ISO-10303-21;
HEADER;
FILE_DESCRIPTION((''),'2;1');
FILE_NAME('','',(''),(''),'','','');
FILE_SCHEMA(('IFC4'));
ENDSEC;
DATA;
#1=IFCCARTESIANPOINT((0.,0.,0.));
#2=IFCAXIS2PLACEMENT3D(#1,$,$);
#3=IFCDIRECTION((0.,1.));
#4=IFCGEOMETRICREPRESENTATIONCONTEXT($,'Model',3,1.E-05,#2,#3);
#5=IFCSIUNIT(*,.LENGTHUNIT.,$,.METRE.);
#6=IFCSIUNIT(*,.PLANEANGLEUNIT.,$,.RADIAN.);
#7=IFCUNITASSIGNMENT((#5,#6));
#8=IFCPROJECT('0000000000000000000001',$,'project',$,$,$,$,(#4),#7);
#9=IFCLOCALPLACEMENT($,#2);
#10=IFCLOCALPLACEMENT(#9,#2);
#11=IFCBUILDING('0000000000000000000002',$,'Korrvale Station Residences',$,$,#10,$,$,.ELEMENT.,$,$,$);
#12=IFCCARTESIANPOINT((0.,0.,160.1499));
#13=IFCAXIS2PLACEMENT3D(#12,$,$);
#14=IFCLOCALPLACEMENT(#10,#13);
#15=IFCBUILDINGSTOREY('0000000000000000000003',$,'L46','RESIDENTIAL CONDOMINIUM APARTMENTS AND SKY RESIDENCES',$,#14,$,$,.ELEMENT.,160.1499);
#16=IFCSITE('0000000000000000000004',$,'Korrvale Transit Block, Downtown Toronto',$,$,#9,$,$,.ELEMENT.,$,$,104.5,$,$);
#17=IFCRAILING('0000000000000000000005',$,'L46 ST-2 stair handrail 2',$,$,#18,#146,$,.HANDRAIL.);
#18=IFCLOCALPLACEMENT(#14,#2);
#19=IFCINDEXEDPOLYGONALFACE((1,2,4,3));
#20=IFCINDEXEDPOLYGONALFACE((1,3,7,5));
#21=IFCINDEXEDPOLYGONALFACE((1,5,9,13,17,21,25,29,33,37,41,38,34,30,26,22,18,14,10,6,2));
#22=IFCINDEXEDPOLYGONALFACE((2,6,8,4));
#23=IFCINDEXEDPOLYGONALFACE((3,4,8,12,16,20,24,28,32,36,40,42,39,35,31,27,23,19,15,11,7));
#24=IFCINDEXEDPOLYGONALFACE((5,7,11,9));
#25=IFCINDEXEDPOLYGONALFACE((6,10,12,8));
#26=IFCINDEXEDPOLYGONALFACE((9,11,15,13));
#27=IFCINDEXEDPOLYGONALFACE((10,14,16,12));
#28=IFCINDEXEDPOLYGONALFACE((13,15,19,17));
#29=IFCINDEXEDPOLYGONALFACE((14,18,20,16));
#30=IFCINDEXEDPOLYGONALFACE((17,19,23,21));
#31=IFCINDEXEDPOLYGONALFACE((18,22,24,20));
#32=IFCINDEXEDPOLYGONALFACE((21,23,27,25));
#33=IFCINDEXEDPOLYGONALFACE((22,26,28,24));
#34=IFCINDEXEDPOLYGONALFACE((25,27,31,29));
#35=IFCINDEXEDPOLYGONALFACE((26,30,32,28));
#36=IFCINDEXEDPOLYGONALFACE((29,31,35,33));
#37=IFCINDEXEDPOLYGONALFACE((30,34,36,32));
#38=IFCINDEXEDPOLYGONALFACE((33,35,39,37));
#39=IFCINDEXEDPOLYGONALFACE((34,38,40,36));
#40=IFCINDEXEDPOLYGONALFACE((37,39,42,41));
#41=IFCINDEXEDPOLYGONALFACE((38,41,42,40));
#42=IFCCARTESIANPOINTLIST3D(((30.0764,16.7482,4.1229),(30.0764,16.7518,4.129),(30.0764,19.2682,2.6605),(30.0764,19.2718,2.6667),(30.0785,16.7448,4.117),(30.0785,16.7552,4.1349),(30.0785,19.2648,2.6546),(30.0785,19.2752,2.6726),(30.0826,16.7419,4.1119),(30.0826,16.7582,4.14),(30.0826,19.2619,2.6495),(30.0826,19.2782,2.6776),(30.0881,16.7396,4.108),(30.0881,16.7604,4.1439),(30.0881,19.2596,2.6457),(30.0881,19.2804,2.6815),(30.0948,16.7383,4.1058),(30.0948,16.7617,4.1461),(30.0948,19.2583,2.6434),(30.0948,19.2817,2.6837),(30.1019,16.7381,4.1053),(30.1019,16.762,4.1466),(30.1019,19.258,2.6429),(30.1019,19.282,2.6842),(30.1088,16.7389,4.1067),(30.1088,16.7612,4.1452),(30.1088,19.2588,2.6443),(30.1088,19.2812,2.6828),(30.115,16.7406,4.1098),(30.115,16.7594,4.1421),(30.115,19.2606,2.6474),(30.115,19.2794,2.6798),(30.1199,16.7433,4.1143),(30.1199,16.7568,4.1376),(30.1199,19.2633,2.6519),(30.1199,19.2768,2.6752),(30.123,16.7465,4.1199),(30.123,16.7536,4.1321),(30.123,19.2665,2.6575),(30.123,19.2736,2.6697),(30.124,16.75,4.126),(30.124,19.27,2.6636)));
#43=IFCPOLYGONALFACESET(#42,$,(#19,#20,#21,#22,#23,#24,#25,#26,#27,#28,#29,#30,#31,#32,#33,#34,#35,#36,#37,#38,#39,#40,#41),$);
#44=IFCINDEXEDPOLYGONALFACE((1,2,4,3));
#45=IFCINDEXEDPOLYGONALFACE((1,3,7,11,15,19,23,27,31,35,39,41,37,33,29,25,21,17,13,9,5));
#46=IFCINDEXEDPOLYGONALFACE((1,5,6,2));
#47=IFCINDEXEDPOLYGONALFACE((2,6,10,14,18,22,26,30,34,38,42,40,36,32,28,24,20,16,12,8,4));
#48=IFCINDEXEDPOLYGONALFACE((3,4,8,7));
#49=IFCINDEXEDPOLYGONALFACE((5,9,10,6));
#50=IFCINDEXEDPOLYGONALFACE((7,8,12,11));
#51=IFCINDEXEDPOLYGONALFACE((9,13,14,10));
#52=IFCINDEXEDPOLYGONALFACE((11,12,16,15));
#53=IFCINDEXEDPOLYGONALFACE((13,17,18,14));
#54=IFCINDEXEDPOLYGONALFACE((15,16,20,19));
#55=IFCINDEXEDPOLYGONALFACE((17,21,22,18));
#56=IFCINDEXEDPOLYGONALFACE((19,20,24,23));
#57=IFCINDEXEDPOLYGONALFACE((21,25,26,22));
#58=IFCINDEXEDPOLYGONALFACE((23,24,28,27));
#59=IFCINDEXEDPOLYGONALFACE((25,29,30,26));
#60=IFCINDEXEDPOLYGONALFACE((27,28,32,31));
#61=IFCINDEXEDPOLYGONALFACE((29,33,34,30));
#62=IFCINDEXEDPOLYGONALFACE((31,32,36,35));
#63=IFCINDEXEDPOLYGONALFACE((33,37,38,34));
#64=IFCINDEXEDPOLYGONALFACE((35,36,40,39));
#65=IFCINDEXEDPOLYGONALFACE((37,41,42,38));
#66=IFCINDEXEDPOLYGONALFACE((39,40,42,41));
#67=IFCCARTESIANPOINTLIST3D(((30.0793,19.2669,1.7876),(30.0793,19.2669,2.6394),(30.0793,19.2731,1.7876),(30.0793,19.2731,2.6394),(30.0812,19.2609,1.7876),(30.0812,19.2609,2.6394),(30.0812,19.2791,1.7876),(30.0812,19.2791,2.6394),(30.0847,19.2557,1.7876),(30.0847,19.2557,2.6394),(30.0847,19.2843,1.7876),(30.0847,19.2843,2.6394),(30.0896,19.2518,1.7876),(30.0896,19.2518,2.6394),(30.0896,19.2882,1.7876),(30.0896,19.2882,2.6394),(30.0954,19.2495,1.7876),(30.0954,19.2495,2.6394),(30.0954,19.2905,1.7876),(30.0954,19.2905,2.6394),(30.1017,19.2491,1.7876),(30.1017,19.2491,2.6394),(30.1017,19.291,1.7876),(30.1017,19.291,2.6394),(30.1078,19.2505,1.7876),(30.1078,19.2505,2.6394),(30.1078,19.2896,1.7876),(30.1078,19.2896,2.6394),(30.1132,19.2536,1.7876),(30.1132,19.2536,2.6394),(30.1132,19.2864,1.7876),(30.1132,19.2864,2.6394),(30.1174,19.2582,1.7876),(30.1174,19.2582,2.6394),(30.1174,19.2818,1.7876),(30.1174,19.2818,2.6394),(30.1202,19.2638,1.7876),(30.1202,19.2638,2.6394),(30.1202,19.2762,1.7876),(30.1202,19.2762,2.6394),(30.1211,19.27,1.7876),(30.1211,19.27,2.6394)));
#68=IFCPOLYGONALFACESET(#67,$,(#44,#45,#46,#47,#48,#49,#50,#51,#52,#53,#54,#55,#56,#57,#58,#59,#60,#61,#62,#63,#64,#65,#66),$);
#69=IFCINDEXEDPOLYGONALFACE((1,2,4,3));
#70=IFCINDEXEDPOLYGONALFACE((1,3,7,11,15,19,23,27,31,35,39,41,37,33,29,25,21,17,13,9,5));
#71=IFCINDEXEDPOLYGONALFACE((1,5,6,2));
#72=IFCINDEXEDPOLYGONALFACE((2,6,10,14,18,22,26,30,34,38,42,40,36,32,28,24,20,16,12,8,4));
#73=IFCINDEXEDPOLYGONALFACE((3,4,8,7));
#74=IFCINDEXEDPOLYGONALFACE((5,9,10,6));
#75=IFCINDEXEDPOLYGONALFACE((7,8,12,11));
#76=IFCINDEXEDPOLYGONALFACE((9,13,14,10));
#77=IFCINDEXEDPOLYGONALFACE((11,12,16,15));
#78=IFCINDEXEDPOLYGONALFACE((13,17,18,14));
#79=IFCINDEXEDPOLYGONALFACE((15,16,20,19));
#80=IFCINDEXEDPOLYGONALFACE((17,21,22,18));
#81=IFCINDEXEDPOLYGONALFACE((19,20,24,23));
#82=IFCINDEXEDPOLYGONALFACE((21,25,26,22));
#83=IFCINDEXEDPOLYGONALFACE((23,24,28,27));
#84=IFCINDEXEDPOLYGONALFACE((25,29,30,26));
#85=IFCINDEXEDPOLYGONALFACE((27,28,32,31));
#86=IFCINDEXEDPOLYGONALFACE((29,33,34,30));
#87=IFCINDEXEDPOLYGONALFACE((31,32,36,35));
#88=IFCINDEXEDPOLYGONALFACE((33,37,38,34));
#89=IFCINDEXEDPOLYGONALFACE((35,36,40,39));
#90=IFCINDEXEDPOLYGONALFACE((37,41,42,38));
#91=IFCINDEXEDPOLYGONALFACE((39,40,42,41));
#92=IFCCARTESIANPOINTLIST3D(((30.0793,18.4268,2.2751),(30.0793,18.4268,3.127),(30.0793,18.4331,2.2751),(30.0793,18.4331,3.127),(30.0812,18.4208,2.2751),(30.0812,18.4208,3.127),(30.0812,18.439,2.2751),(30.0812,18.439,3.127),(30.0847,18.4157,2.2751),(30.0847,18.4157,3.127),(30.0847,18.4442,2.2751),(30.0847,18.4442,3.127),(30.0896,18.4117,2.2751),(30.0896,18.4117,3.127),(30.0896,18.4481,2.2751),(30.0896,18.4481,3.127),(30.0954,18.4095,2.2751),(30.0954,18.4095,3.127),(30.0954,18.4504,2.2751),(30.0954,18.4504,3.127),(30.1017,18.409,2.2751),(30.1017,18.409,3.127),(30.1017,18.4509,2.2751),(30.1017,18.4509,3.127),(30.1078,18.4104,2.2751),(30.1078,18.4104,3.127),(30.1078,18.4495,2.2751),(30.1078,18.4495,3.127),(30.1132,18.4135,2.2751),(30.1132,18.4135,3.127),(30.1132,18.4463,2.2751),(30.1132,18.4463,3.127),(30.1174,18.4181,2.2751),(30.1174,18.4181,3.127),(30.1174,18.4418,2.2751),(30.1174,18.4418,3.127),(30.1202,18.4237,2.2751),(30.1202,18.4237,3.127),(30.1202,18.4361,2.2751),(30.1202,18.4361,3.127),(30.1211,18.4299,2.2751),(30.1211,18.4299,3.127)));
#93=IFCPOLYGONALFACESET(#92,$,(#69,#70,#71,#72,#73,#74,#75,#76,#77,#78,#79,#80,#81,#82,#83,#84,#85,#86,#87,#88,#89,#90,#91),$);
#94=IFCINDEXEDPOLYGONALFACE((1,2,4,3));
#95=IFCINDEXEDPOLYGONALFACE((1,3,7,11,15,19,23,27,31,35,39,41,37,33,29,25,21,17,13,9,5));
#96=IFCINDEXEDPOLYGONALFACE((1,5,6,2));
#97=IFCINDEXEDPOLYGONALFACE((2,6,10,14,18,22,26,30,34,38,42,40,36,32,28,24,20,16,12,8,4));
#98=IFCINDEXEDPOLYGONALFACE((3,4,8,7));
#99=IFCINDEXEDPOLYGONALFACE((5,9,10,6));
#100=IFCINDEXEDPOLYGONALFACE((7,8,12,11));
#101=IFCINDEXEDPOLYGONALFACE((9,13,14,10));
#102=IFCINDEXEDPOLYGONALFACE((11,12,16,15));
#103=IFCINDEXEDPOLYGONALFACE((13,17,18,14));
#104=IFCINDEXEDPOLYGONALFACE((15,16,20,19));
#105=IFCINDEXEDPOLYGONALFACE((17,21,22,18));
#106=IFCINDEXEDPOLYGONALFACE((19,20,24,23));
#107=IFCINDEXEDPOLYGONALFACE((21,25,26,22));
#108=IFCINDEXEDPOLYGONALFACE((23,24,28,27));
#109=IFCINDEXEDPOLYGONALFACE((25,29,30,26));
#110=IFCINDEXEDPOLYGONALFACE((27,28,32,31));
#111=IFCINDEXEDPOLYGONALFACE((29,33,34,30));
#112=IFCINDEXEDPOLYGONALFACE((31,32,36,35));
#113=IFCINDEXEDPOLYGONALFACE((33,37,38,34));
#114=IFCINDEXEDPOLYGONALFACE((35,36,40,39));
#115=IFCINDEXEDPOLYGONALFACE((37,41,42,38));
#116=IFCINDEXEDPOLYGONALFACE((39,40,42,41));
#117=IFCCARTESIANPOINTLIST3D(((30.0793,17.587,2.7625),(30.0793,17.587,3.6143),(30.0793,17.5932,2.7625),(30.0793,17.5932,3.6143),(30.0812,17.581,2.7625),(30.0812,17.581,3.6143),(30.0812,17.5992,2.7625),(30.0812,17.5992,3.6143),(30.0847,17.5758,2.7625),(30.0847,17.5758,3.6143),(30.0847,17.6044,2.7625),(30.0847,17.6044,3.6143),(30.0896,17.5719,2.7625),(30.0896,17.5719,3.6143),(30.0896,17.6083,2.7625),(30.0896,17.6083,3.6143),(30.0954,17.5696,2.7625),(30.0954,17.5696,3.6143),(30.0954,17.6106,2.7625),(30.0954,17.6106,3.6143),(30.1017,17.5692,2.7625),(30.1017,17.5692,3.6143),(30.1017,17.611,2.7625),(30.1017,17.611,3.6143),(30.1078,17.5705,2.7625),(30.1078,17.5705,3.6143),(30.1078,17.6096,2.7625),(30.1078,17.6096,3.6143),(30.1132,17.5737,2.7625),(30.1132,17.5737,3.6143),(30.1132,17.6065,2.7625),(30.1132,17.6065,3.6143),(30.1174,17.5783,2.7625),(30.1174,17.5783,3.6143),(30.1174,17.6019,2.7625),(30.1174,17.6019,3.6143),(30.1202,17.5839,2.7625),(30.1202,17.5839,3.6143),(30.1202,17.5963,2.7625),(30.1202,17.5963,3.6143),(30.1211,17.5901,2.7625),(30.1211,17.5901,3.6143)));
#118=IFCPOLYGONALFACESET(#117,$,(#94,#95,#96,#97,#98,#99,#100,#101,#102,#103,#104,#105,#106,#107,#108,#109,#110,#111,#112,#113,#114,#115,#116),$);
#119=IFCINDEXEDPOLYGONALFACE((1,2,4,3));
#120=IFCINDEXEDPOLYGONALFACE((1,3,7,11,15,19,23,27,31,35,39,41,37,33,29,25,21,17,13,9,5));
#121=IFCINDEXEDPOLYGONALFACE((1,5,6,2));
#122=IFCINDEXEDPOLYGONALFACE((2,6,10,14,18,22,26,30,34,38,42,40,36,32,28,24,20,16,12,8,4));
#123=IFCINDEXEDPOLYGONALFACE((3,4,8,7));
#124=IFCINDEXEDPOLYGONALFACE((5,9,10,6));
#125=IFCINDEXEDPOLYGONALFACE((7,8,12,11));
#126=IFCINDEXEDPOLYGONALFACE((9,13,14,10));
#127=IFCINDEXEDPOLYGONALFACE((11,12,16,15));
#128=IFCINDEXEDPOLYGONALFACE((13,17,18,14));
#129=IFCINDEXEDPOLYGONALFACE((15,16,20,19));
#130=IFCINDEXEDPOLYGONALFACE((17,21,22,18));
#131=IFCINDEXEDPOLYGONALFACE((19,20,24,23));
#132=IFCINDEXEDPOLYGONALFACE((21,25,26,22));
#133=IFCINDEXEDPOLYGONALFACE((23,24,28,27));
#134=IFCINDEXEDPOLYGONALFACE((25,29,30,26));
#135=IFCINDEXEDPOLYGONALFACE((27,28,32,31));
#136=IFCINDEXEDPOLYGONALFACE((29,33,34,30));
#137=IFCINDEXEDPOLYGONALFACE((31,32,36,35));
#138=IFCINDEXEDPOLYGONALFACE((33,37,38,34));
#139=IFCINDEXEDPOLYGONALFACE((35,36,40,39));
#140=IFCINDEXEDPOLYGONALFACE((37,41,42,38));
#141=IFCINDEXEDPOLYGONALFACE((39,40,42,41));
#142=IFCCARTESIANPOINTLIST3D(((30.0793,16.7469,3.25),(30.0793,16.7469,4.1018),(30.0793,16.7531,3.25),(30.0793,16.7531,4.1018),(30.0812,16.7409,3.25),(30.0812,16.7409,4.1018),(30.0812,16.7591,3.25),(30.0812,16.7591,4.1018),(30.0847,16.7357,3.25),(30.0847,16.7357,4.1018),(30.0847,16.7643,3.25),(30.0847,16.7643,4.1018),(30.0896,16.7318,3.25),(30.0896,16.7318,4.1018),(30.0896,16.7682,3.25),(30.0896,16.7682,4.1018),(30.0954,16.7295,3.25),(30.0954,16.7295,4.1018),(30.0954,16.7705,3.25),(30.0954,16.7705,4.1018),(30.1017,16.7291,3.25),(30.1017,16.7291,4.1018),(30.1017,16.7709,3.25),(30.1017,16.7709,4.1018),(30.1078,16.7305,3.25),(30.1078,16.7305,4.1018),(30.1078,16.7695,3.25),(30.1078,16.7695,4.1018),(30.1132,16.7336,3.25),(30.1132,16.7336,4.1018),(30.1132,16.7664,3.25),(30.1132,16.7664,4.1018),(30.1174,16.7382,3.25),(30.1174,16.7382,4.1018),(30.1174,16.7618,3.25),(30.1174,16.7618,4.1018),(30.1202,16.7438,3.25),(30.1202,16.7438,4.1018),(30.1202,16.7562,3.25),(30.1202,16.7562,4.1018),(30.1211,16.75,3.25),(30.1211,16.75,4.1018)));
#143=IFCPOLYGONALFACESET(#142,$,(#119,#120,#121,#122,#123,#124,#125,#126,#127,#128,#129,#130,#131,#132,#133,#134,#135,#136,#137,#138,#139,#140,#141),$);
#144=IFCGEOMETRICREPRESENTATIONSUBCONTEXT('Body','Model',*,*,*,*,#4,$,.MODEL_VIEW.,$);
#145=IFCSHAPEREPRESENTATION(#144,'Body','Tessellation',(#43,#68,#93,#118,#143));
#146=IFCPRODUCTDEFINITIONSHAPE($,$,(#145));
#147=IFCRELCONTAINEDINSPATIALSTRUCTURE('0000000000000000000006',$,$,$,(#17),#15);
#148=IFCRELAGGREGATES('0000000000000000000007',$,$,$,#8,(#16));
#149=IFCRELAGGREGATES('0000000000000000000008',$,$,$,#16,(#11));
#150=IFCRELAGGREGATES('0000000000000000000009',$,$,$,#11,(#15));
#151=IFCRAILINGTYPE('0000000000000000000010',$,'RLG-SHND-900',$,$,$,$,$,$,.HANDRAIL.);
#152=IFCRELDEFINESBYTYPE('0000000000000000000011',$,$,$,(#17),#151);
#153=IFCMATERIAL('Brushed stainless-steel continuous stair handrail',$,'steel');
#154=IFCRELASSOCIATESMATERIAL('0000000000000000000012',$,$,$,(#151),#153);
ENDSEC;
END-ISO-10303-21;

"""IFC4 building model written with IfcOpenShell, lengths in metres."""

from ifc_helpers import new_model, si_unit, direction, frame, origin, origin_2d, place, context, subcontext, project, spatial, circle, extrude, material, type_object, element, save


model = new_model("IFC4")

# Units and contexts
model_context = context("Model", 3, precision=1e-05, world=origin(), true_north=direction((0.0, 1.0)))
body_context = subcontext(model_context, "Body", "Model", "MODEL_VIEW")
ifc_project = project(units=[si_unit("LENGTHUNIT", "METRE"), si_unit("PLANEANGLEUNIT", "RADIAN")], contexts=[model_context])

# Site, building, storey
site_placement = place(None, origin())
site = spatial("IfcSite", under=ifc_project, at=site_placement, Name="Korrvale Transit Block, Downtown Toronto", CompositionType="ELEMENT", RefElevation=104.5)
building_placement = place(site_placement, origin())
building = spatial("IfcBuilding", under=site, at=building_placement, Name="Korrvale Station Residences", CompositionType="ELEMENT")
storey_placement = place(building_placement, frame((0.0, 0.0, 160.1499)))
storey = spatial("IfcBuildingStorey", under=building, at=storey_placement, Name="L46", Description="RESIDENTIAL CONDOMINIUM APARTMENTS AND SKY RESIDENCES", CompositionType="ELEMENT", Elevation=160.1499)

# Railing
ifc_material_1 = material(Name="Brushed stainless-steel continuous stair handrail", Category="steel")
railing_type_1 = type_object("IfcRailingType", Name="RLG-SHND-900", PredefinedType="HANDRAIL", material=ifc_material_1)
railing_1_placement = place(storey_placement, frame((30.1001, 19.27, 1.7876)))
element("IfcRailing", 1, at=railing_1_placement, inside=storey, type_object=railing_type_1, Name="L46 ST-2 stair handrail 2", PredefinedType="HANDRAIL", context=body_context, shape_type="SweptSolid", body=[
    extrude(circle(Radius=0.0239, at=origin_2d()), frame((0.0, 0.0, 0.876), z_axis=(0.0, -0.864913, 0.501921), x_axis=(1.0, 0.0, 0.0)), (0.0, 0.0, 1.0), 2.9136),
    extrude(circle(Radius=0.021, at=origin_2d()), origin(), (0.0, 0.0, 1.0), 0.8518),
    extrude(circle(Radius=0.021, at=origin_2d()), frame((0.0, -0.8401, 0.4875)), (0.0, 0.0, 1.0), 0.8518),
    extrude(circle(Radius=0.021, at=origin_2d()), frame((0.0, -1.6799, 0.9749)), (0.0, 0.0, 1.0), 0.8518),
    extrude(circle(Radius=0.021, at=origin_2d()), frame((0.0, -2.52, 1.4624)), (0.0, 0.0, 1.0), 0.8518),
])

save(model, "model.ifc")
